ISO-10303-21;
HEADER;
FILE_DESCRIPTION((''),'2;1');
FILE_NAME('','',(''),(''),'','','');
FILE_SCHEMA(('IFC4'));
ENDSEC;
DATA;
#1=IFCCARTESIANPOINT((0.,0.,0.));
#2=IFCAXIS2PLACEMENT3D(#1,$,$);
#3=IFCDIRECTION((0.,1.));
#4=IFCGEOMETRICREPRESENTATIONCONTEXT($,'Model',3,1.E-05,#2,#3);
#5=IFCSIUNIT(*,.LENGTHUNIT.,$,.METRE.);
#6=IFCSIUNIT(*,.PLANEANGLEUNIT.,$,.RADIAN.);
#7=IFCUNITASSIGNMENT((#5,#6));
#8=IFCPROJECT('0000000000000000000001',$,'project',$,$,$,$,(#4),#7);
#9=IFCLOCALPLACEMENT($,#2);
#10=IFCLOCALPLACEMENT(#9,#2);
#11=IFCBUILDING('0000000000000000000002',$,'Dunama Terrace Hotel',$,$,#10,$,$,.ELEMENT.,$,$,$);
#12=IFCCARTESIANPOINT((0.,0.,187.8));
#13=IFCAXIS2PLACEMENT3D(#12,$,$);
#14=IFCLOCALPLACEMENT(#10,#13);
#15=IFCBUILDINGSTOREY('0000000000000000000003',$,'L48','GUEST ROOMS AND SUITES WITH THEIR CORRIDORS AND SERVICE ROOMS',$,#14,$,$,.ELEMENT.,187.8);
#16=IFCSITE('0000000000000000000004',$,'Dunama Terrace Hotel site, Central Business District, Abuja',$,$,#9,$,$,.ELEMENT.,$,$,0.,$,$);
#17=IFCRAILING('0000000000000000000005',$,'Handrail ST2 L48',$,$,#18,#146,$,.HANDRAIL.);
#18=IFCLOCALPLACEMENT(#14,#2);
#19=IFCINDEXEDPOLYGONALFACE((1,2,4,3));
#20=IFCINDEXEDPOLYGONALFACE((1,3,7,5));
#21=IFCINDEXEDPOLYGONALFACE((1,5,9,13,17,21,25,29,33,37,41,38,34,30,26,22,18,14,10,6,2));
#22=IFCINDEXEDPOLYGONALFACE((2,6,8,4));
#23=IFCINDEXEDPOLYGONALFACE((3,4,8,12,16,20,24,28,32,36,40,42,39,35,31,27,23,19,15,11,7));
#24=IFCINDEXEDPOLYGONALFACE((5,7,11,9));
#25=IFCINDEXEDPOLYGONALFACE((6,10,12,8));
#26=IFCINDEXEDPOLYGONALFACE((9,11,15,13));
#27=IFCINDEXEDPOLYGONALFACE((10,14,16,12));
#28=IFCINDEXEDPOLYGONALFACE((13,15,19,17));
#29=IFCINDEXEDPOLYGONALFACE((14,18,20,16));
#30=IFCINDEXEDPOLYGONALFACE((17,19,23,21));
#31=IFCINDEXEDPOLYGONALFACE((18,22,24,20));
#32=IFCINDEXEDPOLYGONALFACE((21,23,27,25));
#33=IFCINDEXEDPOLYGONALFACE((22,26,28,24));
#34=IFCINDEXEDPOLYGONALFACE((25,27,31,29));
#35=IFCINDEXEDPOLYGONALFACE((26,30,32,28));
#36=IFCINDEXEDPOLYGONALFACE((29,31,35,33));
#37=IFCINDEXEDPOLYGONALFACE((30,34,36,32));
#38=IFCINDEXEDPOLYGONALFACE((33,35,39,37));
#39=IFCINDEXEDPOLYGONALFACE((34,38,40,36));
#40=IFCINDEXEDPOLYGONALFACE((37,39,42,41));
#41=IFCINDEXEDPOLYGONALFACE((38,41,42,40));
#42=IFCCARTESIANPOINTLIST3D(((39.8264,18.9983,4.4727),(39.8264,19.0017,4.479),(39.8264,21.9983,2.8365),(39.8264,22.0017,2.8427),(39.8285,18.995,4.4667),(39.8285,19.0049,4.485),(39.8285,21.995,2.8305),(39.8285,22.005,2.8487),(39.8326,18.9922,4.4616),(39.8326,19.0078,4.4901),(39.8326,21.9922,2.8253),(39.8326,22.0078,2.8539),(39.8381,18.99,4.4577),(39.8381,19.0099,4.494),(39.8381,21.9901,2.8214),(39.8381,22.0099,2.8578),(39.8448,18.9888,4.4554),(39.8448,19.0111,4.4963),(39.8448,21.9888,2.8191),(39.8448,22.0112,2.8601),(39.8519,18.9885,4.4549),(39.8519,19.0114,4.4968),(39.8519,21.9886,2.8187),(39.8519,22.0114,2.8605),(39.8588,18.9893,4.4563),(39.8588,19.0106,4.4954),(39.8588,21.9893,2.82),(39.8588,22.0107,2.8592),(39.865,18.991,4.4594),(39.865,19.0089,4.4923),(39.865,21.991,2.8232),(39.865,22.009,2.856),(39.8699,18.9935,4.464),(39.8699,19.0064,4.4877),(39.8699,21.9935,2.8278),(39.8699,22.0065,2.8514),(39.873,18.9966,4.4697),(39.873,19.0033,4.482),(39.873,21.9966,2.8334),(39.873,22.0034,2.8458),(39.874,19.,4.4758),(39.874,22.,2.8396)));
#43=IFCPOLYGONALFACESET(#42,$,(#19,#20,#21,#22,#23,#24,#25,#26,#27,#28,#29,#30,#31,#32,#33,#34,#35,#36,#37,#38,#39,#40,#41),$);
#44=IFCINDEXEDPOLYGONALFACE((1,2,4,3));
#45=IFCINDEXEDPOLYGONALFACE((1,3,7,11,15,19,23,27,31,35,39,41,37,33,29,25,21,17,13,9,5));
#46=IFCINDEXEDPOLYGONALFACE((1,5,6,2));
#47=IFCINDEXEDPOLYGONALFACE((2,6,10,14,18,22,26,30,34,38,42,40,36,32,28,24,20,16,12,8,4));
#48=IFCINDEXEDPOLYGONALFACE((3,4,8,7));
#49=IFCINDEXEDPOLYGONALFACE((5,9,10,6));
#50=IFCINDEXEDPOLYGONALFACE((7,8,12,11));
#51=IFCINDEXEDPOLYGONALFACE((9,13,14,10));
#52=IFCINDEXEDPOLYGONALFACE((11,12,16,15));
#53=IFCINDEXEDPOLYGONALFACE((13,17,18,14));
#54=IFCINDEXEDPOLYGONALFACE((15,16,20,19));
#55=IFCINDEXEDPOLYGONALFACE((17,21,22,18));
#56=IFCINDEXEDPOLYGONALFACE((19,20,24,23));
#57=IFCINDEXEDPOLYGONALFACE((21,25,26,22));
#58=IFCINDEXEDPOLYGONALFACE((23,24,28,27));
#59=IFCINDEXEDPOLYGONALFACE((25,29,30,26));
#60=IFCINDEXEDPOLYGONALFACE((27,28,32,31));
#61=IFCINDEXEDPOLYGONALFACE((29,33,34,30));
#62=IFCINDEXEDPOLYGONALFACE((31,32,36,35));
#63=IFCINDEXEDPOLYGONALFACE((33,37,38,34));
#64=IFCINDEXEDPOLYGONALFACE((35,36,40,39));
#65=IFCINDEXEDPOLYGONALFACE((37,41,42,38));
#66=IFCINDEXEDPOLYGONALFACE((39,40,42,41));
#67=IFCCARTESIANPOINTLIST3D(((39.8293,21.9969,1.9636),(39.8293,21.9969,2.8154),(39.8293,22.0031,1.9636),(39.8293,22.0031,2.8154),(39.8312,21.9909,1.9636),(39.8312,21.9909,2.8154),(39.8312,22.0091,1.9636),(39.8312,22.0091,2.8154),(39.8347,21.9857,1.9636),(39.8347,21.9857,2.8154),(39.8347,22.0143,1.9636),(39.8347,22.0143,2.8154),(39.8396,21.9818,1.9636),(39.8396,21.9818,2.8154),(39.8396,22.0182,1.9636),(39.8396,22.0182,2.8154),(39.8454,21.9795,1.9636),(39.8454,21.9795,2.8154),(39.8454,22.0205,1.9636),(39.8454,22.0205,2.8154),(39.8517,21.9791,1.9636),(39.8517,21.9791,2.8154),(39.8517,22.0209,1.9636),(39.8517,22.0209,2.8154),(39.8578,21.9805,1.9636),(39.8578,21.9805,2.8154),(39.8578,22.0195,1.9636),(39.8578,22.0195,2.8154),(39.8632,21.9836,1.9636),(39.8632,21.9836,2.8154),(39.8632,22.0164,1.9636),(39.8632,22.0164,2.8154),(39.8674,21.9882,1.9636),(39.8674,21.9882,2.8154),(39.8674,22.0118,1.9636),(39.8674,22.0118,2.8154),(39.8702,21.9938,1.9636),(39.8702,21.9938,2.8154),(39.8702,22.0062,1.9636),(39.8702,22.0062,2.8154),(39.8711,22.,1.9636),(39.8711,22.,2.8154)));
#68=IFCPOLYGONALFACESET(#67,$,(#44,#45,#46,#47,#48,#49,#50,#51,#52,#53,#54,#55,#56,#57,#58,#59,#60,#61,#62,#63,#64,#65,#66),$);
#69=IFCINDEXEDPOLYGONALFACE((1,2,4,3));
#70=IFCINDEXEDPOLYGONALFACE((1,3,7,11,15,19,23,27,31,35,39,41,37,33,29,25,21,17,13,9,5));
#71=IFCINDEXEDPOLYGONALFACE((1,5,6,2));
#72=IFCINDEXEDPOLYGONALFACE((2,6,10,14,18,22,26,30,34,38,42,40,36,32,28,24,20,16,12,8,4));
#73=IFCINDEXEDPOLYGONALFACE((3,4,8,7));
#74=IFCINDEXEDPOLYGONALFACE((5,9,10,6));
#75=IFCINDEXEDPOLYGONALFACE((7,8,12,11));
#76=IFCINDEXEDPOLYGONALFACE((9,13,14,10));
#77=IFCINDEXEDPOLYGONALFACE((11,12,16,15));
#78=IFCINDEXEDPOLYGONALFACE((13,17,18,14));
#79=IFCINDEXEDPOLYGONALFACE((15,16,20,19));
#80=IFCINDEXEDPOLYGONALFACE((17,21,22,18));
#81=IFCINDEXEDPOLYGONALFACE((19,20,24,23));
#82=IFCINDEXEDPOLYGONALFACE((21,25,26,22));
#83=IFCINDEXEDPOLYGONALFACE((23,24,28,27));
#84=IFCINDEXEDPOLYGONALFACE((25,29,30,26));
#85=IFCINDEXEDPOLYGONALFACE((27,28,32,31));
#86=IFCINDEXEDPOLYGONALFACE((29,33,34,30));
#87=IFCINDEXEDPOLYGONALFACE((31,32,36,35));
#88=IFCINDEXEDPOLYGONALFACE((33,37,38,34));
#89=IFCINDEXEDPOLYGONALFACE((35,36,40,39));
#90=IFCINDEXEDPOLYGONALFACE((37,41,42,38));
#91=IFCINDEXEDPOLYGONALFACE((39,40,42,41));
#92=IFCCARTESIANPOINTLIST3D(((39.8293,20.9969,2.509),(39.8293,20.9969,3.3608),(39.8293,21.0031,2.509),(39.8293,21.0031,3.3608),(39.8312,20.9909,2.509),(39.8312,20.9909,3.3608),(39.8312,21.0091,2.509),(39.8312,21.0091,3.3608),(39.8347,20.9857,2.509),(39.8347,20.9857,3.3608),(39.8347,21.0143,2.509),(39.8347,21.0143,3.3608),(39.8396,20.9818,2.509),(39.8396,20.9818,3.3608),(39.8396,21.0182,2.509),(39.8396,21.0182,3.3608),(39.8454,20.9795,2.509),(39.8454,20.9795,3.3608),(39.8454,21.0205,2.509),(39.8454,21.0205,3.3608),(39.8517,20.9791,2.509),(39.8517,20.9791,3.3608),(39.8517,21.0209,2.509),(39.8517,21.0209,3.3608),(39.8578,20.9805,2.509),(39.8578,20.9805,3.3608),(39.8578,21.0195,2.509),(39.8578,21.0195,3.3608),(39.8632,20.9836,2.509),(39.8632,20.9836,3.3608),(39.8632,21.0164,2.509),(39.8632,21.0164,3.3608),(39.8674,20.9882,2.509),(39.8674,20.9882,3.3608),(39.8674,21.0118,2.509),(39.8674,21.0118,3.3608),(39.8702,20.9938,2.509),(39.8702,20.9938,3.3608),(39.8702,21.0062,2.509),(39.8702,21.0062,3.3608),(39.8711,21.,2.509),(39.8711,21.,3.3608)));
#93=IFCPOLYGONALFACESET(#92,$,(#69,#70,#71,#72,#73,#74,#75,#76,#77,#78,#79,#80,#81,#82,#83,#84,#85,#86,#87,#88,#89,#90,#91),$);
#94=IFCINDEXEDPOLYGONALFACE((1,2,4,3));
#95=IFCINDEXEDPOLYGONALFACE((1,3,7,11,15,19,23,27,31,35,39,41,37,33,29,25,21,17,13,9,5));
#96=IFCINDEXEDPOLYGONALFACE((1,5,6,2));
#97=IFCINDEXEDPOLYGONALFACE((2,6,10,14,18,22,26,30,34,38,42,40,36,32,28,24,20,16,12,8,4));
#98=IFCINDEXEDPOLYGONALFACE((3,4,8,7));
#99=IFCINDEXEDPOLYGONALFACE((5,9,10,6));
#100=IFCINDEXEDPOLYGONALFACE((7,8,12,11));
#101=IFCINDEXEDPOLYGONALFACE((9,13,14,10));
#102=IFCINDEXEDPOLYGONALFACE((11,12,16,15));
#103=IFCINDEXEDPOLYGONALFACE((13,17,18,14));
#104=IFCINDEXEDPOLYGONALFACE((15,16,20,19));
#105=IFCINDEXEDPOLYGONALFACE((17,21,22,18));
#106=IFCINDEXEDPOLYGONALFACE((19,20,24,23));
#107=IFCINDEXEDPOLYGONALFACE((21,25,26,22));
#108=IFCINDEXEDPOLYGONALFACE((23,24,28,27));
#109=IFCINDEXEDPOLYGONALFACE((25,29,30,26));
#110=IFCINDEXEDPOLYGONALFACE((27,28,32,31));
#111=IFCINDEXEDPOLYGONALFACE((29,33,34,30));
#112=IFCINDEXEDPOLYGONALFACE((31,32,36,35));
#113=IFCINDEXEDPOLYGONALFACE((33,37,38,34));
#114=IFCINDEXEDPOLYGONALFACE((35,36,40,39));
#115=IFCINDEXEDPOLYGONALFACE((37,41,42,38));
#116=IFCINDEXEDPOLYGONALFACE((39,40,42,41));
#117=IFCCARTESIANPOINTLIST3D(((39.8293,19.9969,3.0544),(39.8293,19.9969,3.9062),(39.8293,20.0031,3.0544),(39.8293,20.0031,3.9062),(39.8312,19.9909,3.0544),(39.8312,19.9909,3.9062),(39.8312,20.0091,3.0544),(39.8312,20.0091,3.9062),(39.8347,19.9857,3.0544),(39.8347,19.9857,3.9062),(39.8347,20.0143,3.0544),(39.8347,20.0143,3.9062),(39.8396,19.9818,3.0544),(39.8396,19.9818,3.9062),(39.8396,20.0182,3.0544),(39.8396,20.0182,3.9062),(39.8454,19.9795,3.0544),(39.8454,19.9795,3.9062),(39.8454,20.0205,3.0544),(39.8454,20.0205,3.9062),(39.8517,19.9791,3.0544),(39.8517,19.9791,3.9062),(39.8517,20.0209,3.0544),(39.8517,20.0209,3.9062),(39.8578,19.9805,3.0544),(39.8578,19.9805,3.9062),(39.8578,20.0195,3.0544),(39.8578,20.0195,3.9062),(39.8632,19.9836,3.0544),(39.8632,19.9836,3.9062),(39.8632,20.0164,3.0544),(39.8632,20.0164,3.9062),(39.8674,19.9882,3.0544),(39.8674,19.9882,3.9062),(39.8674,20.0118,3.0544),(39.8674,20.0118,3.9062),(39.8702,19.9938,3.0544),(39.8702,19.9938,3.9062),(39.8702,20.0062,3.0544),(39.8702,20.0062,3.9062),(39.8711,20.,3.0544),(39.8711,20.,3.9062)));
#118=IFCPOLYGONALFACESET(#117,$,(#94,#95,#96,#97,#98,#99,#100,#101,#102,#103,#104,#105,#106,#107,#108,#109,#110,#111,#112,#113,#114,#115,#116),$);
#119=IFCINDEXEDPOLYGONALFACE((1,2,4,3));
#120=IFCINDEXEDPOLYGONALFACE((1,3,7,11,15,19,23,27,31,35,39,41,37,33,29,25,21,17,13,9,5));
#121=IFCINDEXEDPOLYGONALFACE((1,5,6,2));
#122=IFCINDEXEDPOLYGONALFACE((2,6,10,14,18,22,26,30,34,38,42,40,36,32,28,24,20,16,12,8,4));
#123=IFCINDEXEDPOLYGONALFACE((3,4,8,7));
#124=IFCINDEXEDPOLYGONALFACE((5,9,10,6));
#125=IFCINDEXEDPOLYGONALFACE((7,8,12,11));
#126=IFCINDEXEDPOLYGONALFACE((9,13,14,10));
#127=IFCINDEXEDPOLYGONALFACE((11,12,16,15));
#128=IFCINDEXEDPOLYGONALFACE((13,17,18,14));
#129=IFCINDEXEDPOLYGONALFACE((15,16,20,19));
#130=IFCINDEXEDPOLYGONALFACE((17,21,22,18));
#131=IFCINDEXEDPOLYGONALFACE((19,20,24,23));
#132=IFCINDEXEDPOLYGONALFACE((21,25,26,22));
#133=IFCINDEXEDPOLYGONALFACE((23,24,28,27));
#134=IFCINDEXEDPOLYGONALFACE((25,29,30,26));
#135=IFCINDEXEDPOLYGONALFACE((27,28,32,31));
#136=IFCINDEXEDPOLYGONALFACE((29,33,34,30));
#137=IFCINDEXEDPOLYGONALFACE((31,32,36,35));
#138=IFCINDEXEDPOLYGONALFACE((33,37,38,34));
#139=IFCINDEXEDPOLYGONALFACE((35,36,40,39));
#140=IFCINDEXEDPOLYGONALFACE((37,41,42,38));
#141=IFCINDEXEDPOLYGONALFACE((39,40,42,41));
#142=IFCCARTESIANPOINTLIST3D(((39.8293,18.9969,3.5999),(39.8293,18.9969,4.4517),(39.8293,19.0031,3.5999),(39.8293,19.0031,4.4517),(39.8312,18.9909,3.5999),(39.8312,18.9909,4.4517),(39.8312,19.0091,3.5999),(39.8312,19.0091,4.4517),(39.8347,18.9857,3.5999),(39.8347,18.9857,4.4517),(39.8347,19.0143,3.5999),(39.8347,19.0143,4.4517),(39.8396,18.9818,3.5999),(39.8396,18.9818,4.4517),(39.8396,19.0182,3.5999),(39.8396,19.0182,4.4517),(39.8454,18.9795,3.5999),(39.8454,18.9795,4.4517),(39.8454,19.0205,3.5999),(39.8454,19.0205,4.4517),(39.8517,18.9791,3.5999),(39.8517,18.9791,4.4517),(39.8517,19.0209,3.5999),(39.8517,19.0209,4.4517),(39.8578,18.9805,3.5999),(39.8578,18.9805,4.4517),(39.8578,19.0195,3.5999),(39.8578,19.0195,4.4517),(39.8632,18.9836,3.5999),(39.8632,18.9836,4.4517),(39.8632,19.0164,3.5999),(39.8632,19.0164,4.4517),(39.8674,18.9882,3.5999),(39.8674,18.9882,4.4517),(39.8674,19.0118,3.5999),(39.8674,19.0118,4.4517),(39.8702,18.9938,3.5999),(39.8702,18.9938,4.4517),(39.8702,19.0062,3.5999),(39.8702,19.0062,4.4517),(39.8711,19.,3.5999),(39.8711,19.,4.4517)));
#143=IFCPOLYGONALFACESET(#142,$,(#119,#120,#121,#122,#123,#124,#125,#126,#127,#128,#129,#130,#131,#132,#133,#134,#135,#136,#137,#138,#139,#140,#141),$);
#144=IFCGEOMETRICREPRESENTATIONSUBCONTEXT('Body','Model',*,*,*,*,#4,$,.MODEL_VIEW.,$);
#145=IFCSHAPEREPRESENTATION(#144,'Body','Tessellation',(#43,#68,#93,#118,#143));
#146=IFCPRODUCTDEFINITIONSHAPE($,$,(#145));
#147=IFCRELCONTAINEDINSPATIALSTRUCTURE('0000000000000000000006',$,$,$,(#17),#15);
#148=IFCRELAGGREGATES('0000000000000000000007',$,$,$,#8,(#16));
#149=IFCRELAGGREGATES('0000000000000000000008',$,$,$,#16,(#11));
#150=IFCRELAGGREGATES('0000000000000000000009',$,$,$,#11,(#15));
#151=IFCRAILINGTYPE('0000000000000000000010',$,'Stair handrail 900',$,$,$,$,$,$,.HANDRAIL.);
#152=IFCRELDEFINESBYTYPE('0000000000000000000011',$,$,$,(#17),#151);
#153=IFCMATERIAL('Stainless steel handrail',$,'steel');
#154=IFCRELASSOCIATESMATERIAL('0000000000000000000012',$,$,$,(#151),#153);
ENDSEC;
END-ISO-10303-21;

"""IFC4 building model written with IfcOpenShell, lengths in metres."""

from ifc_helpers import new_model, si_unit, direction, frame, origin, origin_2d, place, context, subcontext, project, spatial, circle, extrude, material, type_object, element, save


model = new_model("IFC4")

# Units and contexts
model_context = context("Model", 3, precision=1e-05, world=origin(), true_north=direction((0.0, 1.0)))
body_context = subcontext(model_context, "Body", "Model", "MODEL_VIEW")
ifc_project = project(units=[si_unit("LENGTHUNIT", "METRE"), si_unit("PLANEANGLEUNIT", "RADIAN")], contexts=[model_context])

# Site, building, storey
site_placement = place(None, origin())
site = spatial("IfcSite", under=ifc_project, at=site_placement, Name="Dunama Terrace Hotel site, Central Business District, Abuja", CompositionType="ELEMENT", RefElevation=0.0)
building_placement = place(site_placement, origin())
building = spatial("IfcBuilding", under=site, at=building_placement, Name="Dunama Terrace Hotel", CompositionType="ELEMENT")
storey_placement = place(building_placement, frame((0.0, 0.0, 187.8)))
storey = spatial("IfcBuildingStorey", under=building, at=storey_placement, Name="L48", Description="GUEST ROOMS AND SUITES WITH THEIR CORRIDORS AND SERVICE ROOMS", CompositionType="ELEMENT", Elevation=187.8)

# Railing
ifc_material_1 = material(Name="Stainless steel handrail", Category="steel")
railing_type = type_object("IfcRailingType", Name="Stair handrail 900", PredefinedType="HANDRAIL", material=ifc_material_1)
railing_1_placement = place(storey_placement, frame((39.8501, 22.0, 1.9636)))
element("IfcRailing", 1, at=railing_1_placement, inside=storey, type_object=railing_type, Name="Handrail ST2 L48", PredefinedType="HANDRAIL", context=body_context, shape_type="SweptSolid", body=[
    extrude(circle(Radius=0.0239, at=origin_2d()), frame((0.0, 0.0, 0.876), z_axis=(0.0, -0.877912, 0.478822), x_axis=(1.0, 0.0, 0.0)), (0.0, 0.0, 1.0), 3.4172),
    extrude(circle(Radius=0.021, at=origin_2d()), origin(), (0.0, 0.0, 1.0), 0.8518),
    extrude(circle(Radius=0.021, at=origin_2d()), frame((0.0, -1.0, 0.5454)), (0.0, 0.0, 1.0), 0.8518),
    extrude(circle(Radius=0.021, at=origin_2d()), frame((0.0, -2.0, 1.0908)), (0.0, 0.0, 1.0), 0.8518),
    extrude(circle(Radius=0.021, at=origin_2d()), frame((0.0, -3.0, 1.6362)), (0.0, 0.0, 1.0), 0.8518),
])

save(model, "model.ifc")
